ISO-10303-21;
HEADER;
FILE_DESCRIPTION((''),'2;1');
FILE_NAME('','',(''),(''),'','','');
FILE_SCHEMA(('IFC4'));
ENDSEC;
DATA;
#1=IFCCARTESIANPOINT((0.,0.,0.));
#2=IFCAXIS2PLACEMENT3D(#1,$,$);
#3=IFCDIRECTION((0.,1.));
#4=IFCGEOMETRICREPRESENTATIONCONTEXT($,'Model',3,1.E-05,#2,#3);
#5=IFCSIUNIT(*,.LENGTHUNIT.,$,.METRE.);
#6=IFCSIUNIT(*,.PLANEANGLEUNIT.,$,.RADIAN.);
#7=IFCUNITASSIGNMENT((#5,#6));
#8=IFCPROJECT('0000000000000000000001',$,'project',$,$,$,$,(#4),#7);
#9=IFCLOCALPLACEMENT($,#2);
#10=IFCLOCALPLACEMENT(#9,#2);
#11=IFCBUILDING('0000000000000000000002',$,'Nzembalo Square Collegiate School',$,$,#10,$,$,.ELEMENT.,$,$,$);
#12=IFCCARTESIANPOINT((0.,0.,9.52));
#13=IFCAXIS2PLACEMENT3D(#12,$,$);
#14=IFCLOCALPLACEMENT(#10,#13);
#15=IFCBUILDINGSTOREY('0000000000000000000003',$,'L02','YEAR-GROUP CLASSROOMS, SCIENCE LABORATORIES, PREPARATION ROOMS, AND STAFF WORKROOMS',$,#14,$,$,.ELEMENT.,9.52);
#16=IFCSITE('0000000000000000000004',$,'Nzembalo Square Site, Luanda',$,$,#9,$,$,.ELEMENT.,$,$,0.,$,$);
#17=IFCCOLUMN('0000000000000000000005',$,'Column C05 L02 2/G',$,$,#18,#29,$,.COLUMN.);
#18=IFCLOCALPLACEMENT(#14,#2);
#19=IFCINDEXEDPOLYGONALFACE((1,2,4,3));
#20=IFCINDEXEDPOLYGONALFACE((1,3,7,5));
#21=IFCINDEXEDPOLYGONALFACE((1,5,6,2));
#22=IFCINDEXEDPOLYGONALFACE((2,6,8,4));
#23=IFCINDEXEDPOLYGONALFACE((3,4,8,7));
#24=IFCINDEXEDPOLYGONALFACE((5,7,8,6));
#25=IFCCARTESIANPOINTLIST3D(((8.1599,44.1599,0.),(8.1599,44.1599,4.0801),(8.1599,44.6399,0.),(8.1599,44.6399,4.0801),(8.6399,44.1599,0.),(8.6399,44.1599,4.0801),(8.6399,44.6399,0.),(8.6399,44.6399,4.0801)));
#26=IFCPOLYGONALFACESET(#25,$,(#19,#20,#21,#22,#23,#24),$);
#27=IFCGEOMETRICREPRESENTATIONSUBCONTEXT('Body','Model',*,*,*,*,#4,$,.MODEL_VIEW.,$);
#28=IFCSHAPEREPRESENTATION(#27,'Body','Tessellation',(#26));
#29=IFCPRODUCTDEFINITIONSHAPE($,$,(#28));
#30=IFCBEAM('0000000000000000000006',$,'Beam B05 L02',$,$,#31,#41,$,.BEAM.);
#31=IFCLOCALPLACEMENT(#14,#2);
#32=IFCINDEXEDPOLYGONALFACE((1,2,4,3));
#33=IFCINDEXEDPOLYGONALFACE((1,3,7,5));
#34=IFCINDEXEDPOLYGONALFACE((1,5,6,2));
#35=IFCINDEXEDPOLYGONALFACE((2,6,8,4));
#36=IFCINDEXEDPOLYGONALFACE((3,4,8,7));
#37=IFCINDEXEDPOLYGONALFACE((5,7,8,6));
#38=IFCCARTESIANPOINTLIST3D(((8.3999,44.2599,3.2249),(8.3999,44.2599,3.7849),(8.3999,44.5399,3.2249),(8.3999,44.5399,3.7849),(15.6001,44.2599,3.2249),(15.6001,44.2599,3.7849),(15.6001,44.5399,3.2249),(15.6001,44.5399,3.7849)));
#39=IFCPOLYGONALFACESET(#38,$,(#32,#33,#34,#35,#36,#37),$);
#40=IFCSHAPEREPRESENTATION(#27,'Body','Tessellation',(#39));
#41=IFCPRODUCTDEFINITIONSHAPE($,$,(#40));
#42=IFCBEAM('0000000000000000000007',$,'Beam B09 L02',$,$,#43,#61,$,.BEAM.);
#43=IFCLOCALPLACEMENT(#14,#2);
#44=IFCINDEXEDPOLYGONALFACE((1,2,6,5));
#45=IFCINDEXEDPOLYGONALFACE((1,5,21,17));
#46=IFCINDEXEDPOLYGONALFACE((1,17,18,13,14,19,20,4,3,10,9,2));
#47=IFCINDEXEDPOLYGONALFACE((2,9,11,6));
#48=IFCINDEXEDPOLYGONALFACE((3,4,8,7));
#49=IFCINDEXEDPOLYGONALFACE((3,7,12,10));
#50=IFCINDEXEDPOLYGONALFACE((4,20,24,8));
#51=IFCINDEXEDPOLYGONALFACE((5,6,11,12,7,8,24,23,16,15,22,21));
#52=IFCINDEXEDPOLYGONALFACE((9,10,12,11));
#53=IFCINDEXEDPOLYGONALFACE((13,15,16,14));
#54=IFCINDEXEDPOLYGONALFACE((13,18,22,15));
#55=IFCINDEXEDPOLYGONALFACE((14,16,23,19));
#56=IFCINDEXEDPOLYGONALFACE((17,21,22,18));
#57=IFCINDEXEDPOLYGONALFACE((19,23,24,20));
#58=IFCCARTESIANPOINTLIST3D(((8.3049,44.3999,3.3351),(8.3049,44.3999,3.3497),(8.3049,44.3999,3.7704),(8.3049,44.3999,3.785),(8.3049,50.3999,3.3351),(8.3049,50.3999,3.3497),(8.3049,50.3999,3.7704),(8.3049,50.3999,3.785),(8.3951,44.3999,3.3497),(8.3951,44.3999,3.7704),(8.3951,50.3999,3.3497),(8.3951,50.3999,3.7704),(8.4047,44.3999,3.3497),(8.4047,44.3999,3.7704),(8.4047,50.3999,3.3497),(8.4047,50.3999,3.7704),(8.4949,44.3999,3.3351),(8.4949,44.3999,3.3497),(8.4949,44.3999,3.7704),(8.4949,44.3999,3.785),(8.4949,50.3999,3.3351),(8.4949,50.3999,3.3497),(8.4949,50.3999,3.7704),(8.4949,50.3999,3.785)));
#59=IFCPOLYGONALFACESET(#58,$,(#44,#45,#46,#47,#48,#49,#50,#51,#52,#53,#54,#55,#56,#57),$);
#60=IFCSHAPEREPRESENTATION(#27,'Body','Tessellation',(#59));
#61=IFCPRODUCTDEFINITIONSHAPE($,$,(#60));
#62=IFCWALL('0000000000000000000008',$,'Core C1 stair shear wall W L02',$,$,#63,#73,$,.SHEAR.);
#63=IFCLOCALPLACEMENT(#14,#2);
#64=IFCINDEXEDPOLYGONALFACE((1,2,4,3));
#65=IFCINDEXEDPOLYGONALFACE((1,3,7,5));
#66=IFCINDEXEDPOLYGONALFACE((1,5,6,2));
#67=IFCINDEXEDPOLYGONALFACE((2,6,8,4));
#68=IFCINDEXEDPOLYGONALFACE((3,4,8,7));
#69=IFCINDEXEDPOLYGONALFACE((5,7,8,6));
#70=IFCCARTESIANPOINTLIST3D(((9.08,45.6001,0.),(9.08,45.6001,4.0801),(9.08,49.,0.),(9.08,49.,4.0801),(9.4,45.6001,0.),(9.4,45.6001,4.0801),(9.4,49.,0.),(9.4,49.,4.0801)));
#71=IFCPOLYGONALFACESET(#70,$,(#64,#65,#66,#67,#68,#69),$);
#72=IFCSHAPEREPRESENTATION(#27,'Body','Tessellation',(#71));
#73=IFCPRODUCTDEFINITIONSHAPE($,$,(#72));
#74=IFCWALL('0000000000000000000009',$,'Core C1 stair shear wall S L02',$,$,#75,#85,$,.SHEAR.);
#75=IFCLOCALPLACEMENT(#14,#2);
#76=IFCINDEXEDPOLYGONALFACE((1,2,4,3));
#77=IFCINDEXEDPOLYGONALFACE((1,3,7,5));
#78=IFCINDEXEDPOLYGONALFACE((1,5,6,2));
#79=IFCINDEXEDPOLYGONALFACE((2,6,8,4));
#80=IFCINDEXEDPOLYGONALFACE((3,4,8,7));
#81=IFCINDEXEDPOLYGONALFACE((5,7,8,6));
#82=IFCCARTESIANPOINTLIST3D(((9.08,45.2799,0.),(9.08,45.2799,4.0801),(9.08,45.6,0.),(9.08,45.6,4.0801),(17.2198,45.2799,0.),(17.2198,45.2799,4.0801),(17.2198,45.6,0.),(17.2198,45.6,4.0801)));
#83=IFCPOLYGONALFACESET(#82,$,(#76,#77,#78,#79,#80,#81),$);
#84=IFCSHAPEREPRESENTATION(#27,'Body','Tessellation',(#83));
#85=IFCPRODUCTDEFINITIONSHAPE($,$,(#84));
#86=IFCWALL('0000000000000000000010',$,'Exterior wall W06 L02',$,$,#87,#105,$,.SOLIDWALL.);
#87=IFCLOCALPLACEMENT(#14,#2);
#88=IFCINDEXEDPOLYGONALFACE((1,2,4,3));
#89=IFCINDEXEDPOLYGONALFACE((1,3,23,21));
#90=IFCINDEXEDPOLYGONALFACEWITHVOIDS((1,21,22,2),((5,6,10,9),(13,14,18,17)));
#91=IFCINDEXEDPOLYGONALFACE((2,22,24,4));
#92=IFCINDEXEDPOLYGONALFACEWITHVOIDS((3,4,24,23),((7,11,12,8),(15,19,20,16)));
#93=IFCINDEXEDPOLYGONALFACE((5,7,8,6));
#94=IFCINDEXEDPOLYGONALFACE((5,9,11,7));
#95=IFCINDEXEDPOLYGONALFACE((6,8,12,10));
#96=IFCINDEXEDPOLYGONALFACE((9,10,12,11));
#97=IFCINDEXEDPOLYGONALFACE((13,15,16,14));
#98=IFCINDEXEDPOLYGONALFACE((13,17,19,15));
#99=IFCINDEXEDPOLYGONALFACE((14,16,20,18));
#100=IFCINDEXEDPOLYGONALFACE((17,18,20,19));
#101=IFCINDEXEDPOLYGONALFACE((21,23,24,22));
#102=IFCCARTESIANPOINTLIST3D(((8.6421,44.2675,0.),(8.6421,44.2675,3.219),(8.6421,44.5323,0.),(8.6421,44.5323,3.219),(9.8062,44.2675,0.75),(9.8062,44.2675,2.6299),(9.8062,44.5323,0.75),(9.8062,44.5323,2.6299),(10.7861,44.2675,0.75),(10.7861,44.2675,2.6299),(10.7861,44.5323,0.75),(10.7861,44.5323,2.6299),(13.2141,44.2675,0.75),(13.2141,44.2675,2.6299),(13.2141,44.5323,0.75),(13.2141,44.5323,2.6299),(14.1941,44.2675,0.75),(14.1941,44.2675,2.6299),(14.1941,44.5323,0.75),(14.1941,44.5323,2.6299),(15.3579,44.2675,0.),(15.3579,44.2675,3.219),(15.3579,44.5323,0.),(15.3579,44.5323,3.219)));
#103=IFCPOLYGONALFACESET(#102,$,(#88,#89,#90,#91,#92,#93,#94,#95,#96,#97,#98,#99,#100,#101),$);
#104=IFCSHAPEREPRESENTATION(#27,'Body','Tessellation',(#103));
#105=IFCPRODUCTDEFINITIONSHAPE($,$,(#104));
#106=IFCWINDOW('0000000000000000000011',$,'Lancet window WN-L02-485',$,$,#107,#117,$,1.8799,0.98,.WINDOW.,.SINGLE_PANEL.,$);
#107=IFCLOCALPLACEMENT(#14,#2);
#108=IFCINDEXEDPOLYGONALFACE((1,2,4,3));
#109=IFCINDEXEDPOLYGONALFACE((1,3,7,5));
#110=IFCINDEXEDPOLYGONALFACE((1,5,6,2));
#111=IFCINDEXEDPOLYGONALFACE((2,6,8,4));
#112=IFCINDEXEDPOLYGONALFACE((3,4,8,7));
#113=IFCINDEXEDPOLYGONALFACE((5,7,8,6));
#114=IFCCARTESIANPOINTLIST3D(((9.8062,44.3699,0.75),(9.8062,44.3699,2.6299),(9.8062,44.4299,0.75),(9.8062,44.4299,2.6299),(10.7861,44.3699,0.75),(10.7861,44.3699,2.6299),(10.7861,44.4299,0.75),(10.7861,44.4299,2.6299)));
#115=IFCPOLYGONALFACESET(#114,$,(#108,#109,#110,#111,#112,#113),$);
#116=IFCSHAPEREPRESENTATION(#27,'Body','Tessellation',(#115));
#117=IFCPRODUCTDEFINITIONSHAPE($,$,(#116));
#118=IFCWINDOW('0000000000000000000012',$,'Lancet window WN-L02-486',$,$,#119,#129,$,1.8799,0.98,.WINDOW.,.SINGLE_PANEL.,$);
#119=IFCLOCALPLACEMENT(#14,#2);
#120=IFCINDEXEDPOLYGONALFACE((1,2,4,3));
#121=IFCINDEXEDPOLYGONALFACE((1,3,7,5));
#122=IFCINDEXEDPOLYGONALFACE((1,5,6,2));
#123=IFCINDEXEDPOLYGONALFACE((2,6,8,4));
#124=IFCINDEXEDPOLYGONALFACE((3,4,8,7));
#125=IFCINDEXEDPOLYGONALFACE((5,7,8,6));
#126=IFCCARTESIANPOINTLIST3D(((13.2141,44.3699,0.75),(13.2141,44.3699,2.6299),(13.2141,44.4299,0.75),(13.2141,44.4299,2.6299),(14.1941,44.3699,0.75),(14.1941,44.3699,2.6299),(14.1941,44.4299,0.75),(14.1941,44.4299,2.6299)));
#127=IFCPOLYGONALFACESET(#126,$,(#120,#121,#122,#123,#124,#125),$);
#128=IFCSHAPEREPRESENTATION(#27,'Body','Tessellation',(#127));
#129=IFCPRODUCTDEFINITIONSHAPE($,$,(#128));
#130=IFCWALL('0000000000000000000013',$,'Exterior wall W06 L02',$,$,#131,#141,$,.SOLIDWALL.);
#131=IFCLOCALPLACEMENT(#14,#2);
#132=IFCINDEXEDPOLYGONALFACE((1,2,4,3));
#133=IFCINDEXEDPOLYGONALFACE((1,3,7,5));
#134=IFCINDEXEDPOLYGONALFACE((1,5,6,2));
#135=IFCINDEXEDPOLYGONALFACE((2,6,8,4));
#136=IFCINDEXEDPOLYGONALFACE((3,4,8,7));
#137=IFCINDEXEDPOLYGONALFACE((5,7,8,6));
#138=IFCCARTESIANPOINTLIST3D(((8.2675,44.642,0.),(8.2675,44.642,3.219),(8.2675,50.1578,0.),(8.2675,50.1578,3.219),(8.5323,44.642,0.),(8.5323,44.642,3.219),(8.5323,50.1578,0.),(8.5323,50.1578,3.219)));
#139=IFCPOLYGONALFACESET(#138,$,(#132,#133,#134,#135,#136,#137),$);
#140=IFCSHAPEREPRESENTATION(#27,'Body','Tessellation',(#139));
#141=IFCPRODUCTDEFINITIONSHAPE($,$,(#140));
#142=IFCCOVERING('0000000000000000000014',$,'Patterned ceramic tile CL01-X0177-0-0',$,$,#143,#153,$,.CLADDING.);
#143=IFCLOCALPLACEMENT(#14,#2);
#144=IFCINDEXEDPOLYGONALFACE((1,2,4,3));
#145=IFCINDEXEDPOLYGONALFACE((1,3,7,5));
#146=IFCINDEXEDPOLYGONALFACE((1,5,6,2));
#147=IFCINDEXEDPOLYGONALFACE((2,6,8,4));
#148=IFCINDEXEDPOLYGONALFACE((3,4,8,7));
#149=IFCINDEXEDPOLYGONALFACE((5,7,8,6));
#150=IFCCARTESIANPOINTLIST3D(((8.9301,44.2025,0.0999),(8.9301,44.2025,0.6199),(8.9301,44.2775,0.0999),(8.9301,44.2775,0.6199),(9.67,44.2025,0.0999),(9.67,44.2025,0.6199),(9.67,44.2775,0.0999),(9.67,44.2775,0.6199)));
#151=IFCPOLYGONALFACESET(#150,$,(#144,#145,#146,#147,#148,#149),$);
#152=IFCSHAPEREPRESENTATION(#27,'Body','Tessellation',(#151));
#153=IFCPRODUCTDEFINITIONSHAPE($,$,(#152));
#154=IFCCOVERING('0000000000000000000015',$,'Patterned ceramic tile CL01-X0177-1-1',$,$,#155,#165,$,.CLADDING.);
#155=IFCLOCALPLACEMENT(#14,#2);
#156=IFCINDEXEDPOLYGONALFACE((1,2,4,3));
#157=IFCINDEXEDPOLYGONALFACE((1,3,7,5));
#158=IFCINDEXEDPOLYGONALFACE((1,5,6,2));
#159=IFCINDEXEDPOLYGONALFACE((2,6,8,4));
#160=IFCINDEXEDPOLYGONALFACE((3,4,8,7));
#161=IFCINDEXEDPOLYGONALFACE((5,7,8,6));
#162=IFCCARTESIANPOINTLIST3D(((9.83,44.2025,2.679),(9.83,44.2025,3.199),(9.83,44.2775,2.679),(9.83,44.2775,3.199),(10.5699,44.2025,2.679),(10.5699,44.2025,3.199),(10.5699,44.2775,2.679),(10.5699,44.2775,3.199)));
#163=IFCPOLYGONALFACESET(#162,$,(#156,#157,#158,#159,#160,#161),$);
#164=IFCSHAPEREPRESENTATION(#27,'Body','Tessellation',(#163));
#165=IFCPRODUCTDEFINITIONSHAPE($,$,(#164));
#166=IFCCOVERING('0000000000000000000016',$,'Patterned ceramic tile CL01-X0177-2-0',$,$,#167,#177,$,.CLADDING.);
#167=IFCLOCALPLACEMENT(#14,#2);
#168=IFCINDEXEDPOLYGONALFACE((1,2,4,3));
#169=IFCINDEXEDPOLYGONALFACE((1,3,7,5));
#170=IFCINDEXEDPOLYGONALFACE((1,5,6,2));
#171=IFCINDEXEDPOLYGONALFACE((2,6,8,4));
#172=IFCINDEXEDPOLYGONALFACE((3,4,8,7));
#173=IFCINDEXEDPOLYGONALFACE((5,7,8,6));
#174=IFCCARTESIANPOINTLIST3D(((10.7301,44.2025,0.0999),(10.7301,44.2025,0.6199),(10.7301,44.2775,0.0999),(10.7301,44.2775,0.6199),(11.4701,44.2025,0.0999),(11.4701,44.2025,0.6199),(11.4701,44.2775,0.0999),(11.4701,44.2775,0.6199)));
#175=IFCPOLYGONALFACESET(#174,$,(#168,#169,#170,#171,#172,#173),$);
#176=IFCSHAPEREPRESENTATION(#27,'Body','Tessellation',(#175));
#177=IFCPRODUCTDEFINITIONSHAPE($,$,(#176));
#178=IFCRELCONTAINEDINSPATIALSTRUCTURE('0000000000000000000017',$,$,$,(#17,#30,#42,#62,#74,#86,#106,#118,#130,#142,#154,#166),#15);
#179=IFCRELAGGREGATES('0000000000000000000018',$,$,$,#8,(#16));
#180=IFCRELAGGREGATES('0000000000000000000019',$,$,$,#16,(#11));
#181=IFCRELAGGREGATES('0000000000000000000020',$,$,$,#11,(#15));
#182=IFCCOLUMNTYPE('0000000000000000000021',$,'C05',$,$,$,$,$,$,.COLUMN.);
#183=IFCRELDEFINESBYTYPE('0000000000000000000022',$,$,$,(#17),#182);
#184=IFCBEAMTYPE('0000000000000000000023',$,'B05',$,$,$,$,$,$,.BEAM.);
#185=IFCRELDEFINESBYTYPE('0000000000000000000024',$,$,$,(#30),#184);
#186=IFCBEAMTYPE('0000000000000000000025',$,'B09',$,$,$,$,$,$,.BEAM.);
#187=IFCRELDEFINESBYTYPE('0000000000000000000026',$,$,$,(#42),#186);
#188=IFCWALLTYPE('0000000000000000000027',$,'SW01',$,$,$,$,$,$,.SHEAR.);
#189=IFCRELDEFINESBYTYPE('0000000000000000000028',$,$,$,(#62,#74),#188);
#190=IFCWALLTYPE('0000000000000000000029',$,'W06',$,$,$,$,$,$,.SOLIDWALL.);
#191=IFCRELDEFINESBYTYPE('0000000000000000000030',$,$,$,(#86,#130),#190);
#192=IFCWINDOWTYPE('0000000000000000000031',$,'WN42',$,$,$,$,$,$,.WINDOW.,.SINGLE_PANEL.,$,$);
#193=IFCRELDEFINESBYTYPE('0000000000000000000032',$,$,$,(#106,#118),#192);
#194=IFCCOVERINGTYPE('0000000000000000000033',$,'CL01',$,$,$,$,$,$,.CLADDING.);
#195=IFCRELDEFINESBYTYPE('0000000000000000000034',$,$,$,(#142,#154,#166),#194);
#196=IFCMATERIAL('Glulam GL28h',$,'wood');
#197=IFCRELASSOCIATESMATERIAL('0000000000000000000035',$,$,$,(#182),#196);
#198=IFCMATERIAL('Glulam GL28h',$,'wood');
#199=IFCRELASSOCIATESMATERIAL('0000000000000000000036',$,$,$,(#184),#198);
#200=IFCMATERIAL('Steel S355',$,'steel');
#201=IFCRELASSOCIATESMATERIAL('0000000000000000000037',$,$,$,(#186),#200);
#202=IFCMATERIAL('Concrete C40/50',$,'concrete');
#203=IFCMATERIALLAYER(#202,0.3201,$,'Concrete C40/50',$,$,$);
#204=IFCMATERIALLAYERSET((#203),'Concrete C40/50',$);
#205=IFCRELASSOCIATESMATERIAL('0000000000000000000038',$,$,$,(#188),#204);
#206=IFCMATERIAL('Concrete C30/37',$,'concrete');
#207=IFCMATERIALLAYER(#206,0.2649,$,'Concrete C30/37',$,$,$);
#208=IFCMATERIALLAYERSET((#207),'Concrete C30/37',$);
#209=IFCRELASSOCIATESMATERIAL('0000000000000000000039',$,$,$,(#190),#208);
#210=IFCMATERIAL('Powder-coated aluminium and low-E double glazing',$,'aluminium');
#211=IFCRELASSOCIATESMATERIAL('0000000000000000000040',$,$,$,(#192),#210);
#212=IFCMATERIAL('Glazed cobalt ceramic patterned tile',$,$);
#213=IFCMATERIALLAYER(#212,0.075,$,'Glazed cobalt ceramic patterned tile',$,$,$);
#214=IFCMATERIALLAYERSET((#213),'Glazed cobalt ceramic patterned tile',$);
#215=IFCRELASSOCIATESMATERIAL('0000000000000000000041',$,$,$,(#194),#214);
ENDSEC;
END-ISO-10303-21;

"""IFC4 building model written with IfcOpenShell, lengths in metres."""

from ifc_helpers import new_model, si_unit, direction, frame, frame_2d, origin, origin_2d, place, context, subcontext, project, spatial, rectangle, i_section, extrude, material, layer, layer_set, material_profile, profile_set, type_object, element, fill, save


model = new_model("IFC4")

# Units and contexts
model_context = context("Model", 3, precision=1e-05, world=origin(), true_north=direction((0.0, 1.0)))
body_context = subcontext(model_context, "Body", "Model", "MODEL_VIEW")
ifc_project = project(units=[si_unit("LENGTHUNIT", "METRE"), si_unit("PLANEANGLEUNIT", "RADIAN")], contexts=[model_context])

# Site, building, storey
site_placement = place(None, origin())
site = spatial("IfcSite", under=ifc_project, at=site_placement, Name="Nzembalo Square Site, Luanda", CompositionType="ELEMENT", RefElevation=0.0)
building_placement = place(site_placement, origin())
building = spatial("IfcBuilding", under=site, at=building_placement, Name="Nzembalo Square Collegiate School", CompositionType="ELEMENT")
storey_placement = place(building_placement, frame((0.0, 0.0, 9.52)))
storey = spatial("IfcBuildingStorey", under=building, at=storey_placement, Name="L02", Description="YEAR-GROUP CLASSROOMS, SCIENCE LABORATORIES, PREPARATION ROOMS, AND STAFF WORKROOMS", CompositionType="ELEMENT", Elevation=9.52)

# Column
ifc_material_1 = material(Name="Glulam GL28h", Category="wood")
ifc_material_profile_1 = material_profile(ifc_material_1, rectangle(XDim=0.48, YDim=0.48, at=origin_2d()), Name="GL28h 480x480")
ifc_profile_set_1 = profile_set([ifc_material_profile_1], Name="Glulam GL28h")
column_type = type_object("IfcColumnType", Name="C05", PredefinedType="COLUMN", material=ifc_profile_set_1)
column_placement = place(storey_placement, frame((8.3999, 44.3999, 0.0), z_axis=(0.0, 0.0, 1.0), x_axis=(1.0, 0.0, 0.0)))
element("IfcColumn", 1, at=column_placement, inside=storey, type_object=column_type, Name="Column C05 L02 2/G", PredefinedType="COLUMN", context=body_context, shape_type="SweptSolid", body=[
    extrude(rectangle(XDim=0.48, YDim=0.48, at=origin_2d()), origin(), (0.0, 0.0, 1.0), 4.0801),
])

# Beams
ifc_material_2 = material(Name="Glulam GL28h", Category="wood")
ifc_material_profile_2 = material_profile(ifc_material_2, rectangle(XDim=0.28, YDim=0.5601, at=origin_2d()), Name="GL28h 280x560")
ifc_profile_set_2 = profile_set([ifc_material_profile_2], Name="Glulam GL28h")
beam_type_1 = type_object("IfcBeamType", Name="B05", PredefinedType="BEAM", material=ifc_profile_set_2)
beam_1_placement = place(storey_placement, frame((8.3999, 44.3999, 3.5049), z_axis=(1.0, 0.0, 0.0), x_axis=(0.0, 1.0, 0.0)))
element("IfcBeam", 2, at=beam_1_placement, inside=storey, type_object=beam_type_1, Name="Beam B05 L02", PredefinedType="BEAM", context=body_context, shape_type="SweptSolid", body=[
    extrude(rectangle(XDim=0.28, YDim=0.5601, at=origin_2d()), origin(), (0.0, 0.0, 1.0), 7.2002),
])
ifc_material_3 = material(Name="Steel S355", Category="steel")
ifc_material_profile_3 = material_profile(ifc_material_3, i_section(OverallWidth=0.1899, OverallDepth=0.45, WebThickness=0.0095, FlangeThickness=0.0146, at=origin_2d()), Name="IPE 450")
ifc_profile_set_3 = profile_set([ifc_material_profile_3], Name="Steel S355")
beam_type_2 = type_object("IfcBeamType", Name="B09", PredefinedType="BEAM", material=ifc_profile_set_3)
beam_2_placement = place(storey_placement, frame((8.3999, 44.3999, 3.5601), z_axis=(0.0, 1.0, 0.0), x_axis=(-1.0, 0.0, 0.0)))
element("IfcBeam", 3, at=beam_2_placement, inside=storey, type_object=beam_type_2, Name="Beam B09 L02", PredefinedType="BEAM", context=body_context, shape_type="SweptSolid", body=[
    extrude(i_section(OverallWidth=0.1899, OverallDepth=0.45, WebThickness=0.0095, FlangeThickness=0.0146, at=origin_2d()), origin(), (0.0, 0.0, 1.0), 6.0),
])

# Walls
ifc_material_4 = material(Name="Concrete C40/50", Category="concrete")
ifc_layer_1 = layer(ifc_material_4, 0.3201, Name="Concrete C40/50")
ifc_layer_set_1 = layer_set([ifc_layer_1], Name="Concrete C40/50")
wall_type_1 = type_object("IfcWallType", Name="SW01", PredefinedType="SHEAR", material=ifc_layer_set_1)
wall_1_placement = place(storey_placement, frame((9.24, 45.6001, 0.0), z_axis=(0.0, 0.0, 1.0), x_axis=(0.0, 1.0, 0.0)))
element("IfcWall", 4, at=wall_1_placement, inside=storey, type_object=wall_type_1, Name="Core C1 stair shear wall W L02", PredefinedType="SHEAR", context=body_context, shape_type="SweptSolid", body=[
    extrude(rectangle(XDim=3.3999, YDim=0.3201, at=frame_2d((1.7, 0.0))), origin(), (0.0, 0.0, 1.0), 4.0801),
])
wall_2_placement = place(storey_placement, frame((9.0801, 45.4399, 0.0), z_axis=(0.0, 0.0, 1.0), x_axis=(1.0, 0.0, 0.0)))
element("IfcWall", 5, at=wall_2_placement, inside=storey, type_object=wall_type_1, Name="Core C1 stair shear wall S L02", PredefinedType="SHEAR", context=body_context, shape_type="SweptSolid", body=[
    extrude(rectangle(XDim=8.1399, YDim=0.3201, at=frame_2d((4.0698, 0.0))), origin(), (0.0, 0.0, 1.0), 4.0801),
])

# Wall, openings, windows
ifc_material_5 = material(Name="Concrete C30/37", Category="concrete")
ifc_layer_2 = layer(ifc_material_5, 0.2649, Name="Concrete C30/37")
ifc_layer_set_2 = layer_set([ifc_layer_2], Name="Concrete C30/37")
wall_type_2 = type_object("IfcWallType", Name="W06", PredefinedType="SOLIDWALL", material=ifc_layer_set_2)
wall_3_placement = place(storey_placement, frame((8.6421, 44.3999, 0.0), z_axis=(0.0, 0.0, 1.0), x_axis=(1.0, 0.0, 0.0)))
wall_3 = element("IfcWall", 6, at=wall_3_placement, inside=storey, type_object=wall_type_2, Name="Exterior wall W06 L02", PredefinedType="SOLIDWALL", context=body_context, shape_type="SweptSolid", body=[
    extrude(rectangle(XDim=6.7158, YDim=0.2649, at=frame_2d((3.3579, 0.0))), origin(), (0.0, 0.0, 1.0), 3.219),
])
opening_1_placement = place(wall_3_placement, frame((1.1641, 0.0, 0.75)))
opening_1 = element("IfcOpeningElement", 7, at=opening_1_placement, cuts=wall_3, PredefinedType="OPENING", context=body_context, shape_type="SweptSolid", body=[
    extrude(rectangle(XDim=0.98, YDim=1.8799, at=frame_2d((0.49, 0.9399))), frame((0.0, 0.1426, 0.0), z_axis=(0.0, -1.0, 0.0), x_axis=(1.0, 0.0, 0.0)), (0.0, 0.0, 1.0), 0.2849),
])
opening_2_placement = place(wall_3_placement, frame((4.572, 0.0, 0.75)))
opening_2 = element("IfcOpeningElement", 8, at=opening_2_placement, cuts=wall_3, PredefinedType="OPENING", context=body_context, shape_type="SweptSolid", body=[
    extrude(rectangle(XDim=0.98, YDim=1.8799, at=frame_2d((0.49, 0.9399))), frame((0.0, 0.1426, 0.0), z_axis=(0.0, -1.0, 0.0), x_axis=(1.0, 0.0, 0.0)), (0.0, 0.0, 1.0), 0.2849),
])
ifc_material_6 = material(Name="Powder-coated aluminium and low-E double glazing", Category="aluminium")
window_type = type_object("IfcWindowType", Name="WN42", PartitioningType="SINGLE_PANEL", PredefinedType="WINDOW", material=ifc_material_6)
window_1_placement = place(opening_1_placement, origin())
window_1 = element("IfcWindow", 9, at=window_1_placement, inside=storey, type_object=window_type, Name="Lancet window WN-L02-485", OverallHeight=1.8799, OverallWidth=0.98, PartitioningType="SINGLE_PANEL", PredefinedType="WINDOW", context=body_context, shape_type="SweptSolid", body=[
    extrude(rectangle(XDim=0.98, YDim=1.8799, at=frame_2d((0.49, 0.9399))), frame((0.0, 0.03, 0.0), z_axis=(0.0, -1.0, 0.0), x_axis=(1.0, 0.0, 0.0)), (0.0, 0.0, 1.0), 0.0601),
])
fill(opening_1, window_1)
window_2_placement = place(opening_2_placement, origin())
window_2 = element("IfcWindow", 10, at=window_2_placement, inside=storey, type_object=window_type, Name="Lancet window WN-L02-486", OverallHeight=1.8799, OverallWidth=0.98, PartitioningType="SINGLE_PANEL", PredefinedType="WINDOW", context=body_context, shape_type="SweptSolid", body=[
    extrude(rectangle(XDim=0.98, YDim=1.8799, at=frame_2d((0.49, 0.9399))), frame((0.0, 0.03, 0.0), z_axis=(0.0, -1.0, 0.0), x_axis=(1.0, 0.0, 0.0)), (0.0, 0.0, 1.0), 0.0601),
])
fill(opening_2, window_2)

# Wall
wall_4_placement = place(storey_placement, frame((8.3999, 44.6421, 0.0), z_axis=(0.0, 0.0, 1.0), x_axis=(0.0, 1.0, 0.0)))
element("IfcWall", 11, at=wall_4_placement, inside=storey, type_object=wall_type_2, Name="Exterior wall W06 L02", PredefinedType="SOLIDWALL", context=body_context, shape_type="SweptSolid", body=[
    extrude(rectangle(XDim=5.5159, YDim=0.2649, at=frame_2d((2.7578, 0.0))), origin(), (0.0, 0.0, 1.0), 3.219),
])

# Coverings
ifc_material_7 = material(Name="Glazed cobalt ceramic patterned tile")
ifc_layer_3 = layer(ifc_material_7, 0.075, Name="Glazed cobalt ceramic patterned tile")
ifc_layer_set_3 = layer_set([ifc_layer_3], Name="Glazed cobalt ceramic patterned tile")
covering_type_1 = type_object("IfcCoveringType", Name="CL01", PredefinedType="CLADDING", material=ifc_layer_set_3)
for number, where, z_axis, x_axis, name in (
    (12, (9.3, 44.24, 0.0999), (0.0, 0.0, 1.0), (1.0, 0.0, 0.0), "Patterned ceramic tile CL01-X0177-0-0"),
    (13, (10.2, 44.24, 2.679), (0.0, 0.0, 1.0), (1.0, 0.0, 0.0), "Patterned ceramic tile CL01-X0177-1-1"),
    (14, (11.1001, 44.24, 0.0999), (0.0, 0.0, 1.0), (1.0, 0.0, 0.0), "Patterned ceramic tile CL01-X0177-2-0"),
):
    element("IfcCovering", number, at=place(storey_placement, frame(where, z_axis=z_axis, x_axis=x_axis)), inside=storey, type_object=covering_type_1, Name=name, PredefinedType="CLADDING", context=body_context, shape_type="SweptSolid", body=[
        extrude(rectangle(XDim=0.74, YDim=0.075, at=origin_2d()), origin(), (0.0, 0.0, 1.0), 0.52),
    ])

save(model, "model.ifc")
